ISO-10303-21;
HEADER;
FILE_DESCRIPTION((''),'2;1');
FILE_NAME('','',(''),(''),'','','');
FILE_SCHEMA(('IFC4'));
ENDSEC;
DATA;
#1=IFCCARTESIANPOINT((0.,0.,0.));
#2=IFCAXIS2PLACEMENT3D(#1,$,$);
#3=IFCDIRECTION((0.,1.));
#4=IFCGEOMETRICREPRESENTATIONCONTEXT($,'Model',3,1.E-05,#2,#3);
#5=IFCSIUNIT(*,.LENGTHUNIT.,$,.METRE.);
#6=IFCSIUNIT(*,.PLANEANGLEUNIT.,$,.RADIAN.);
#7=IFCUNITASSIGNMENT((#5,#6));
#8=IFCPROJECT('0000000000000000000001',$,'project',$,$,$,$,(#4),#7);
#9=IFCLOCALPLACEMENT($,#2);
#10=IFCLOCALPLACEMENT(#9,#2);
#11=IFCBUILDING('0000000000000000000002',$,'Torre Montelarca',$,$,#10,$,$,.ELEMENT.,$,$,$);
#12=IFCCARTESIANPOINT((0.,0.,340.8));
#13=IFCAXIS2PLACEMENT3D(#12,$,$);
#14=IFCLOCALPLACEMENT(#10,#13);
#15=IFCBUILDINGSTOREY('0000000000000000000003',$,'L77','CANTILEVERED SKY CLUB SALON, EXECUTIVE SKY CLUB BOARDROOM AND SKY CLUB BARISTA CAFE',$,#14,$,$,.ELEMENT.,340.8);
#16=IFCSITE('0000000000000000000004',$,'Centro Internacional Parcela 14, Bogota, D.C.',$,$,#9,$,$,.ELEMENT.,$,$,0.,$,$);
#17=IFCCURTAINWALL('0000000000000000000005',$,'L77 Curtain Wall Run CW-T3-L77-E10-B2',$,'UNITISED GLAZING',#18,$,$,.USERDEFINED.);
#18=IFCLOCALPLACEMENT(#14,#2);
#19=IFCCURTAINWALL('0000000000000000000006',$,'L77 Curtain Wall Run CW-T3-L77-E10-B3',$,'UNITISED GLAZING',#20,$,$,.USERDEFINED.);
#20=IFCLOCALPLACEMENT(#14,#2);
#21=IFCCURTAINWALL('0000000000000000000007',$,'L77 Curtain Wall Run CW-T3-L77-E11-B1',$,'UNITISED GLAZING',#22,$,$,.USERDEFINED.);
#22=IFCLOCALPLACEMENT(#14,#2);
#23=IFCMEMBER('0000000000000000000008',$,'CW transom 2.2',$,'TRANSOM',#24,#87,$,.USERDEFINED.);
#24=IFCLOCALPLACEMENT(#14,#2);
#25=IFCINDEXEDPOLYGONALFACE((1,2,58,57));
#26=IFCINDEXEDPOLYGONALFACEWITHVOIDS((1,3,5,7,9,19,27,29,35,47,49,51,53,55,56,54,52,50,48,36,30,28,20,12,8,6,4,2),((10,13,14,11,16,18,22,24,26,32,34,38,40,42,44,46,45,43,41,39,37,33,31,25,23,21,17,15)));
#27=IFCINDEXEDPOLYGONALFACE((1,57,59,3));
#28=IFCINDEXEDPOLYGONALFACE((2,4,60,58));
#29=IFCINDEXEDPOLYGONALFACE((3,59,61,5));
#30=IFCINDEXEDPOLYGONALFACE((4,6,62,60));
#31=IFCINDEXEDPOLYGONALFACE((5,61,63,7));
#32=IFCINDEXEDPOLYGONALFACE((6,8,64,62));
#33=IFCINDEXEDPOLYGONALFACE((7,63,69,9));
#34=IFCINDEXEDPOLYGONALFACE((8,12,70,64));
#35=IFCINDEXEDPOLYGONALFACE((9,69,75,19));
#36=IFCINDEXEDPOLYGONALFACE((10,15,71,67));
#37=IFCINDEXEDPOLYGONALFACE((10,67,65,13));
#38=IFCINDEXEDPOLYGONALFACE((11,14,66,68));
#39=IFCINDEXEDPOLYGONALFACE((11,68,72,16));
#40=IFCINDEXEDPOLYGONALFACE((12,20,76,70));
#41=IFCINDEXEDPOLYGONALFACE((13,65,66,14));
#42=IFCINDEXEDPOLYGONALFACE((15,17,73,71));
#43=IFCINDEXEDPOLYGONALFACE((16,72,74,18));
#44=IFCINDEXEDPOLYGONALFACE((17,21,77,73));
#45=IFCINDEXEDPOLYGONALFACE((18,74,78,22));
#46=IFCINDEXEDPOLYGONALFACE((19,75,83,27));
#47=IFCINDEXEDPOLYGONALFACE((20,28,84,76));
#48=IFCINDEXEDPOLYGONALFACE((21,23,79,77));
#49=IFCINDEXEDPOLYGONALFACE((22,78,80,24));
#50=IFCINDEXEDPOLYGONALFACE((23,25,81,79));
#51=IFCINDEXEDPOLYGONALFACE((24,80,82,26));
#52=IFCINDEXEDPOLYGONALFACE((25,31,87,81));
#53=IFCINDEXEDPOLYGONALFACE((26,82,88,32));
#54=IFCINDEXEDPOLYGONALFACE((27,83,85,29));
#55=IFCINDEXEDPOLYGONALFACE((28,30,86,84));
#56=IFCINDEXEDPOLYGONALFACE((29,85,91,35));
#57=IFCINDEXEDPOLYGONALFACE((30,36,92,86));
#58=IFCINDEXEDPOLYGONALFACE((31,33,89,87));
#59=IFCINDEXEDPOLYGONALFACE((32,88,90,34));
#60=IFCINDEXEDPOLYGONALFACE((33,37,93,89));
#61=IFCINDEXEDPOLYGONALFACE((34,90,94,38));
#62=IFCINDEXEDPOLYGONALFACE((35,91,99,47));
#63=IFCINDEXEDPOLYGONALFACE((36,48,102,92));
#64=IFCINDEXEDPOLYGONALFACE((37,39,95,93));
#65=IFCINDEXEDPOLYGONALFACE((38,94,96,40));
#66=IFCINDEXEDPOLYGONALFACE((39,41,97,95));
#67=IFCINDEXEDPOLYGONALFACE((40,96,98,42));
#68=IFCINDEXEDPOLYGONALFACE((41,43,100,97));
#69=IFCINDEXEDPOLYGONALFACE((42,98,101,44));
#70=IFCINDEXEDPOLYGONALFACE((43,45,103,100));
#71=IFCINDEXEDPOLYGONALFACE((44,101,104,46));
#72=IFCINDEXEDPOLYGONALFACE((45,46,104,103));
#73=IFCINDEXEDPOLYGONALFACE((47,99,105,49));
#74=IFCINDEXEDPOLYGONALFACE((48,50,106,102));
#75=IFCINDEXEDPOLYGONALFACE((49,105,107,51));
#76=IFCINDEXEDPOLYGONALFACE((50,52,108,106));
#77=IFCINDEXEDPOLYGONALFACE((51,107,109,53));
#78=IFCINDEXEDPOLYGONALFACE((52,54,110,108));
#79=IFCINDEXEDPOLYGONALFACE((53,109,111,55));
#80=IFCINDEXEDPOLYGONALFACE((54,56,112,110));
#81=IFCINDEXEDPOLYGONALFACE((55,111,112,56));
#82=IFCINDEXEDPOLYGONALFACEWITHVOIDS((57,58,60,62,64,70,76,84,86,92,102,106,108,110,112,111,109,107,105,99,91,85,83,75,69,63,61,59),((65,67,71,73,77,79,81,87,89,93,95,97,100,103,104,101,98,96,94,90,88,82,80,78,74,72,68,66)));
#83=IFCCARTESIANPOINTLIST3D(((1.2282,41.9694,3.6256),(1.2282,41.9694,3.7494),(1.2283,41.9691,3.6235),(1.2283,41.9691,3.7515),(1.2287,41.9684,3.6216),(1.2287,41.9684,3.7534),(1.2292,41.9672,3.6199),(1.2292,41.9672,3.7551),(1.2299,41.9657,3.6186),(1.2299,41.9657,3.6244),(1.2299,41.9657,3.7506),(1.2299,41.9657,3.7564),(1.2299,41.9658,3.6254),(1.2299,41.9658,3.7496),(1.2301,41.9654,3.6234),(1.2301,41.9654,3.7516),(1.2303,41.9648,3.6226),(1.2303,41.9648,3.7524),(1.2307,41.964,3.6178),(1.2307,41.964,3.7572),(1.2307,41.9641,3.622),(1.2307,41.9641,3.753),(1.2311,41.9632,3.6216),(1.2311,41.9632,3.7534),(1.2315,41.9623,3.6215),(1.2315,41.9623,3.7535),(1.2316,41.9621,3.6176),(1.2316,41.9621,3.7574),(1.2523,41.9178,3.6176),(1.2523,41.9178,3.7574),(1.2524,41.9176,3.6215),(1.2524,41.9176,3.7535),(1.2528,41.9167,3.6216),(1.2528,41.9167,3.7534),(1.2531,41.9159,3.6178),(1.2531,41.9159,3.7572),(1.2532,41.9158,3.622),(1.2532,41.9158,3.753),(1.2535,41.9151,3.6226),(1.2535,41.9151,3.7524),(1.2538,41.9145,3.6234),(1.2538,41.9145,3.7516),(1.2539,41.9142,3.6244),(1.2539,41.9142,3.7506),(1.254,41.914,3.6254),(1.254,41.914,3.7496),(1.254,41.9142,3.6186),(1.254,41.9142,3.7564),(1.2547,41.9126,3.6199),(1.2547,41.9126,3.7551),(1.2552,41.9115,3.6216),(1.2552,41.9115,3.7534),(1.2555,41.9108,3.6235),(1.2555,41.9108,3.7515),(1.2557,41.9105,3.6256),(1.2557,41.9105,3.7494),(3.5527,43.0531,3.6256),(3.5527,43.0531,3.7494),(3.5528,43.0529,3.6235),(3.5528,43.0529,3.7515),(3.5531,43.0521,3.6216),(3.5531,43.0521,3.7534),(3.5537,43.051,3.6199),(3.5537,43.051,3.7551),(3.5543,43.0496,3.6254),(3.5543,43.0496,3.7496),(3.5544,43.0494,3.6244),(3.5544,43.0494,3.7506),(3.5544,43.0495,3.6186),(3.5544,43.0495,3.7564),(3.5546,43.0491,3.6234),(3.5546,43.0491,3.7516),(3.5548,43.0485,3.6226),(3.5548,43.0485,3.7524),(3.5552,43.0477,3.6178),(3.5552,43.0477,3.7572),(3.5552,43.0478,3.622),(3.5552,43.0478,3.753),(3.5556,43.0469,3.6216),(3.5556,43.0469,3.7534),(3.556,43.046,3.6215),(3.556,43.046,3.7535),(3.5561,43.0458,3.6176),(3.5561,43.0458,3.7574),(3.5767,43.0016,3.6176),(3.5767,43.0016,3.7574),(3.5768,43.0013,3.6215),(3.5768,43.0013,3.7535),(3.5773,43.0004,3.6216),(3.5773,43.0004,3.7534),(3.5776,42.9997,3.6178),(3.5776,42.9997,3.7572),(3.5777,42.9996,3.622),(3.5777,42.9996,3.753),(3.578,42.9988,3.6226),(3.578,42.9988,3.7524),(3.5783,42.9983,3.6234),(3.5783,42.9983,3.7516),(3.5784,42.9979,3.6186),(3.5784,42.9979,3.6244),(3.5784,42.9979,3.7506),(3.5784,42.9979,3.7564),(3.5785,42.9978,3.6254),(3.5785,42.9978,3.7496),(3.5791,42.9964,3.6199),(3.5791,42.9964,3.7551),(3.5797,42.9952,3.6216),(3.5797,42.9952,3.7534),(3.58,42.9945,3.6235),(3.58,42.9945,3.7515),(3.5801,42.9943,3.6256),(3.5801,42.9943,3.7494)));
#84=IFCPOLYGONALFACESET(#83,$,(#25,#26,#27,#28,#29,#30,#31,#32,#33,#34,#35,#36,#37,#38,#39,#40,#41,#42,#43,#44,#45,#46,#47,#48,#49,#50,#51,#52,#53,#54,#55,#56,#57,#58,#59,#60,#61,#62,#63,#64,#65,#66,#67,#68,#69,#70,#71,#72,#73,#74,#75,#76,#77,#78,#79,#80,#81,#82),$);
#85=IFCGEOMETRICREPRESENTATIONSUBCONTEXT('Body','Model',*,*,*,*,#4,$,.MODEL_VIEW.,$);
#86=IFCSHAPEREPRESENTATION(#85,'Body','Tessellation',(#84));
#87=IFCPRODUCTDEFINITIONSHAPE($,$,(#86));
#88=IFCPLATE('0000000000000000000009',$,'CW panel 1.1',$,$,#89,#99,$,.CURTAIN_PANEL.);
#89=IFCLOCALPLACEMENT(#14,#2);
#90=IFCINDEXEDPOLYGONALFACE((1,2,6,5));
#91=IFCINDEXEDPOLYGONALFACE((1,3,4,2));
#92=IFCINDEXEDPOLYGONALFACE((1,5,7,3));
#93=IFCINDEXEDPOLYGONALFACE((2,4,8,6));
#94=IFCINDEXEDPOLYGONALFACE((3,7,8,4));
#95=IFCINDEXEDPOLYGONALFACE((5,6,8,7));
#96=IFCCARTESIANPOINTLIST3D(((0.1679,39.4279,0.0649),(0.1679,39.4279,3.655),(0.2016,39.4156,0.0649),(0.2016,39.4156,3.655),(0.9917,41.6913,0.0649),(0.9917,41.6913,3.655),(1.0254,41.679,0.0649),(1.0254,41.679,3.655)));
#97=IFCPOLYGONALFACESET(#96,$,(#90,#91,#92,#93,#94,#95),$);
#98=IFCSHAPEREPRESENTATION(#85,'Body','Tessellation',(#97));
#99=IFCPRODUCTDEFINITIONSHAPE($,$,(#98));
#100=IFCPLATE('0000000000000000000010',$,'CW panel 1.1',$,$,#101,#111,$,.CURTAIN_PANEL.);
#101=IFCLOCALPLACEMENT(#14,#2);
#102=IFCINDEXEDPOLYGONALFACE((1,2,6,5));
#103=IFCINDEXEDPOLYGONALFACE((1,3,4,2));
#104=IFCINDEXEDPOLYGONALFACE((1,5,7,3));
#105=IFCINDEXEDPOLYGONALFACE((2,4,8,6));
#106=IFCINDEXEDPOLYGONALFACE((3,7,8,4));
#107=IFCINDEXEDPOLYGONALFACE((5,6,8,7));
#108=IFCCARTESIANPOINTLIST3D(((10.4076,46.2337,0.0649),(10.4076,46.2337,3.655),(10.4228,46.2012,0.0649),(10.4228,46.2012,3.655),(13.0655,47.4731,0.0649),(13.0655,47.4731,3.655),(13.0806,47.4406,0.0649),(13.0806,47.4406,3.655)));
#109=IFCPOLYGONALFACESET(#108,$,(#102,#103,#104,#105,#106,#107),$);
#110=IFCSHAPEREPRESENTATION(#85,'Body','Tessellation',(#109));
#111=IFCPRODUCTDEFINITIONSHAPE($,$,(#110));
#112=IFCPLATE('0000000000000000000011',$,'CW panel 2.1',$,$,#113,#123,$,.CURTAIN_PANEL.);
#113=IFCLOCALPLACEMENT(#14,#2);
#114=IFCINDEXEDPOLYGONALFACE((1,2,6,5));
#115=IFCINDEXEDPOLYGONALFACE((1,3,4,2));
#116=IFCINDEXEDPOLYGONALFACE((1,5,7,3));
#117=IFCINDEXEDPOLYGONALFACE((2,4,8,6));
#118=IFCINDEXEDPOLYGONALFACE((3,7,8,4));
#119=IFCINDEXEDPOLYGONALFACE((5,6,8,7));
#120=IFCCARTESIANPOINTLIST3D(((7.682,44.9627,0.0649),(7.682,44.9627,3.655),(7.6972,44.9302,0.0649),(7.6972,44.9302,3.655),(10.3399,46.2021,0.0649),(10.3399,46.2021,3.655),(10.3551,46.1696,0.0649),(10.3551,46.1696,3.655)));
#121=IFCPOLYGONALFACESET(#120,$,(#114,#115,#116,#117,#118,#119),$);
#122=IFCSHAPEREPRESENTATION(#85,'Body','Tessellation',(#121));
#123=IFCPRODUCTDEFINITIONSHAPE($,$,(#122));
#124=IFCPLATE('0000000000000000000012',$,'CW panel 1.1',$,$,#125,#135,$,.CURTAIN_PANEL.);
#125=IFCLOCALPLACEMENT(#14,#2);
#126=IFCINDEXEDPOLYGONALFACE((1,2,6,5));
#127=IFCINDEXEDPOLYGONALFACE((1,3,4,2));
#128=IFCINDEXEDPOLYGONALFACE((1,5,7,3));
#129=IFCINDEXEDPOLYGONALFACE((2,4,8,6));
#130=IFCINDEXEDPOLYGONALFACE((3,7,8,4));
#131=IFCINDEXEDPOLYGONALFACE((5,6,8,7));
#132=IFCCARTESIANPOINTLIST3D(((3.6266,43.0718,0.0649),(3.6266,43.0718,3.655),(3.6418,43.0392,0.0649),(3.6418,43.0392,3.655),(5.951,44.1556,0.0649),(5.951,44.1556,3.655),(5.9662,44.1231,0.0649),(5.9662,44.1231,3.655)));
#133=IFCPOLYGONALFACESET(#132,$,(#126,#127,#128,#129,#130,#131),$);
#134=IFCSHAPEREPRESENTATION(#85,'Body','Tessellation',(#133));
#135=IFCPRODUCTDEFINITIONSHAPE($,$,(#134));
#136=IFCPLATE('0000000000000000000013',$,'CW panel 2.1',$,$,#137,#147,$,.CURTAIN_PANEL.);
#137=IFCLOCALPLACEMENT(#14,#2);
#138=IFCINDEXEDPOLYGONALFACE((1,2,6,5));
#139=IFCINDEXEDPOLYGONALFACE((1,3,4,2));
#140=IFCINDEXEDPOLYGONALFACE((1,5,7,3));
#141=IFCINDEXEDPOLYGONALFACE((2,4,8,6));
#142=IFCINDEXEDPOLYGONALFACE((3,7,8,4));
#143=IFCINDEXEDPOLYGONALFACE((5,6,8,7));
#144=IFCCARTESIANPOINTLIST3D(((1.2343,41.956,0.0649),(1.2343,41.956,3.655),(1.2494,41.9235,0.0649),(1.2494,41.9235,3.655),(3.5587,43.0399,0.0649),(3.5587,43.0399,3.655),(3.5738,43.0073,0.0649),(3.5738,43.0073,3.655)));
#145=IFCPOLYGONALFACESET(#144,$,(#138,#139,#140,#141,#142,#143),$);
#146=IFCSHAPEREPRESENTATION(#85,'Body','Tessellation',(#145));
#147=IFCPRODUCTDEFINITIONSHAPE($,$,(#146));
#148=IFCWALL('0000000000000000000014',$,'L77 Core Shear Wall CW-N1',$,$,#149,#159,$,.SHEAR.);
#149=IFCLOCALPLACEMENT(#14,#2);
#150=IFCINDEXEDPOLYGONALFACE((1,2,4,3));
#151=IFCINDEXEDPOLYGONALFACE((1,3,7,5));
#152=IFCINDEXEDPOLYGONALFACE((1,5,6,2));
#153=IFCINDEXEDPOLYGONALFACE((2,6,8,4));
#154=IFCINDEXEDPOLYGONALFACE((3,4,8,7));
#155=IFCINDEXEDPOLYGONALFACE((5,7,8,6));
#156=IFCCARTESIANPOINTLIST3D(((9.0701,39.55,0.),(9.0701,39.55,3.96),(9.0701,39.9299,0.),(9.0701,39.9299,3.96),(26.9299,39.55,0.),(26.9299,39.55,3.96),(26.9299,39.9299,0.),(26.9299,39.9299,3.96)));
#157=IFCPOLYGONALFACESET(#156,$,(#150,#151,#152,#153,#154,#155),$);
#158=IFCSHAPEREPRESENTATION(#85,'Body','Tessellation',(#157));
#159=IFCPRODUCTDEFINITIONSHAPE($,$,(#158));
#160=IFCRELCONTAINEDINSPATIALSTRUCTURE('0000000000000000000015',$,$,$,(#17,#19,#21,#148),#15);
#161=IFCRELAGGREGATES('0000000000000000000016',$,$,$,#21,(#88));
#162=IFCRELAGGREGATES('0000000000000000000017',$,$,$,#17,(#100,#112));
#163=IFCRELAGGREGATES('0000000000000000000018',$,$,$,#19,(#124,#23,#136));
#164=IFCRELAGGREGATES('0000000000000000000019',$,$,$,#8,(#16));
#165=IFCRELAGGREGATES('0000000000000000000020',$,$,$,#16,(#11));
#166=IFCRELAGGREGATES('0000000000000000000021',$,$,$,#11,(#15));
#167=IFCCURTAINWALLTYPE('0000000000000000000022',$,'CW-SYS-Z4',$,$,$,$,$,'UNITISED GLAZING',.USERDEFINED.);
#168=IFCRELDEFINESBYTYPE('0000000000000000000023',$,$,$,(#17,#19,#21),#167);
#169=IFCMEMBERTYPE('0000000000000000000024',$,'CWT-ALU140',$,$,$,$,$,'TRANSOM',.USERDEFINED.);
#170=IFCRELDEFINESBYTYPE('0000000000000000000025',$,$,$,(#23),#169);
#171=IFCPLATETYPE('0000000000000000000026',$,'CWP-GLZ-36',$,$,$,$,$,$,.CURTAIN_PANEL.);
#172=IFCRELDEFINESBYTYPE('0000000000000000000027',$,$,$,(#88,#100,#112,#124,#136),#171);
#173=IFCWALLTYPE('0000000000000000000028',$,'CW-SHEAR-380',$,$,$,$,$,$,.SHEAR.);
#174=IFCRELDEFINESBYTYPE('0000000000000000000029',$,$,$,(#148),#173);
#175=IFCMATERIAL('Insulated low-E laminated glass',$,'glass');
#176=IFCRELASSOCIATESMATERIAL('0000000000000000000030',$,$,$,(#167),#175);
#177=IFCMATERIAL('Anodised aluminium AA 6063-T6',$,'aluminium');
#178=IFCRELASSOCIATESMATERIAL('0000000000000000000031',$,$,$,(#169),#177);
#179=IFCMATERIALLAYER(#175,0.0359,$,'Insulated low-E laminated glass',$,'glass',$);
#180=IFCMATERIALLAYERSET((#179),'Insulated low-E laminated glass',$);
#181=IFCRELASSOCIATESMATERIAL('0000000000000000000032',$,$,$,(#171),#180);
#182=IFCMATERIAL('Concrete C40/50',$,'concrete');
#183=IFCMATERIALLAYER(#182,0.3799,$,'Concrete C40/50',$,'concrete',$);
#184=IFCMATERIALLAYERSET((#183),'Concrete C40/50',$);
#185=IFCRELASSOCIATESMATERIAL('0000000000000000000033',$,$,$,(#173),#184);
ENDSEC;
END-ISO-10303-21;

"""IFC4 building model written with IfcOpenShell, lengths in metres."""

from ifc_helpers import new_model, si_unit, direction, frame, frame_2d, origin, origin_2d, place, context, subcontext, project, spatial, rectangle, hollow_rectangle, extrude, source, transform, mapped, material, layer, layer_set, material_profile, profile_set, type_object, element, aggregate, save


model = new_model("IFC4")

# Units and contexts
model_context = context("Model", 3, precision=1e-05, world=origin(), true_north=direction((0.0, 1.0)))
body_context = subcontext(model_context, "Body", "Model", "MODEL_VIEW")
ifc_project = project(units=[si_unit("LENGTHUNIT", "METRE"), si_unit("PLANEANGLEUNIT", "RADIAN")], contexts=[model_context])

# Site, building, storey
site_placement = place(None, origin())
site = spatial("IfcSite", under=ifc_project, at=site_placement, Name="Centro Internacional Parcela 14, Bogota, D.C.", CompositionType="ELEMENT", RefElevation=0.0)
building_placement = place(site_placement, origin())
building = spatial("IfcBuilding", under=site, at=building_placement, Name="Torre Montelarca", CompositionType="ELEMENT")
storey_placement = place(building_placement, frame((0.0, 0.0, 340.8)))
storey = spatial("IfcBuildingStorey", under=building, at=storey_placement, Name="L77", Description="CANTILEVERED SKY CLUB SALON, EXECUTIVE SKY CLUB BOARDROOM AND SKY CLUB BARISTA CAFE", CompositionType="ELEMENT", Elevation=340.8)

# Shared definitions
ifc_material_1 = material(Name="Concrete C40/50", Category="concrete")

# Curtain walls
ifc_material_2 = material(Name="Insulated low-E laminated glass", Category="glass")
curtain_wall_type = type_object("IfcCurtainWallType", Name="CW-SYS-Z4", ElementType="UNITISED GLAZING", PredefinedType="USERDEFINED", material=ifc_material_2)
curtain_wall_1_placement = place(storey_placement, origin())
curtain_wall_1 = element("IfcCurtainWall", 1, at=curtain_wall_1_placement, inside=storey, type_object=curtain_wall_type, Name="L77 Curtain Wall Run CW-T3-L77-E10-B2", ObjectType="UNITISED GLAZING", PredefinedType="USERDEFINED")
ifc_material_3 = material(Name="Anodised aluminium AA 6063-T6", Category="aluminium")
curtain_wall_2_placement = place(storey_placement, origin())
curtain_wall_2 = element("IfcCurtainWall", 2, at=curtain_wall_2_placement, inside=storey, type_object=curtain_wall_type, Name="L77 Curtain Wall Run CW-T3-L77-E10-B3", ObjectType="UNITISED GLAZING", PredefinedType="USERDEFINED")
curtain_wall_3_placement = place(storey_placement, origin())
curtain_wall_3 = element("IfcCurtainWall", 3, at=curtain_wall_3_placement, inside=storey, type_object=curtain_wall_type, Name="L77 Curtain Wall Run CW-T3-L77-E11-B1", ObjectType="UNITISED GLAZING", PredefinedType="USERDEFINED")
ifc_material_profile_1 = material_profile(ifc_material_3, hollow_rectangle(XDim=0.0649, YDim=0.1399, WallThickness=0.0039, InnerFilletRadius=0.0039, OuterFilletRadius=0.0081, at=origin_2d()), Name="ALU65X140X4", Category="aluminium")
ifc_profile_set_1 = profile_set([ifc_material_profile_1], Name="Anodised aluminium AA 6063-T6")
member_type_1 = type_object("IfcMemberType", Name="CWT-ALU140", ElementType="TRANSOM", PredefinedType="USERDEFINED", material=ifc_profile_set_1)

# Member
shared_shape_1 = source(origin(), body_context, "Body", "SweptSolid", [
    extrude(hollow_rectangle(XDim=0.0649, YDim=0.1399, WallThickness=0.0039, InnerFilletRadius=0.0039, OuterFilletRadius=0.0081, at=origin_2d()), origin(), (0.0, 0.0, 1.0), 2.5647),
])
member_1_placement = place(storey_placement, frame((3.5664, 43.0237, 3.6875), z_axis=(-0.906334, -0.422562, 0.0), x_axis=(0.422562, -0.906334, 0.0)))
member_1 = element("IfcMember", 4, at=member_1_placement, type_object=member_type_1, Name="CW transom 2.2", ObjectType="TRANSOM", PredefinedType="USERDEFINED", context=body_context, shape_type="MappedRepresentation", body=[
    mapped(shared_shape_1, transform((0.0, 0.0, 0.0), scale=1.0)),
])

# Plates
ifc_layer_1 = layer(ifc_material_2, 0.0359, Name="Insulated low-E laminated glass", Category="glass")
ifc_layer_set_1 = layer_set([ifc_layer_1], Name="Insulated low-E laminated glass")
plate_type = type_object("IfcPlateType", Name="CWP-GLZ-36", PredefinedType="CURTAIN_PANEL", material=ifc_layer_set_1)
shared_shape_2 = source(origin(), body_context, "Body", "SweptSolid", [
    extrude(rectangle(XDim=2.4087, YDim=0.0359, at=origin_2d()), origin(), (0.0, 0.0, 1.0), 3.5901),
])
plate_1_placement = place(storey_placement, frame((0.5967, 40.5535, 0.0649), z_axis=(0.0, 0.0, 1.0), x_axis=(-0.342015, -0.939694, 0.0)))
plate_1 = element("IfcPlate", 5, at=plate_1_placement, type_object=plate_type, Name="CW panel 1.1", PredefinedType="CURTAIN_PANEL", context=body_context, shape_type="MappedRepresentation", body=[
    mapped(shared_shape_2, transform((0.0, 0.0, 0.0), scale=1.0)),
])
aggregate(curtain_wall_3, [plate_1])
shared_shape_3 = source(origin(), body_context, "Body", "SweptSolid", [
    extrude(rectangle(XDim=2.9326, YDim=0.0359, at=origin_2d()), origin(), (0.0, 0.0, 1.0), 3.5901),
])
plate_2_placement = place(storey_placement, frame((11.7441, 46.8372, 0.0649), z_axis=(0.0, 0.0, 1.0), x_axis=(-0.906304, -0.422627, 0.0)))
plate_2 = element("IfcPlate", 6, at=plate_2_placement, type_object=plate_type, Name="CW panel 1.1", PredefinedType="CURTAIN_PANEL", context=body_context, shape_type="MappedRepresentation", body=[
    mapped(shared_shape_3, transform((0.0, 0.0, 0.0), scale=1.0)),
])
plate_3_placement = place(storey_placement, frame((9.0186, 45.5662, 0.0649), z_axis=(0.0, 0.0, 1.0), x_axis=(-0.906304, -0.422627, 0.0)))
plate_3 = element("IfcPlate", 7, at=plate_3_placement, type_object=plate_type, Name="CW panel 2.1", PredefinedType="CURTAIN_PANEL", context=body_context, shape_type="MappedRepresentation", body=[
    mapped(shared_shape_3, transform((0.0, 0.0, 0.0), scale=1.0)),
])
aggregate(curtain_wall_1, [plate_2, plate_3])
shared_shape_4 = source(origin(), body_context, "Body", "SweptSolid", [
    extrude(rectangle(XDim=2.5647, YDim=0.0359, at=origin_2d()), origin(), (0.0, 0.0, 1.0), 3.5901),
])
plate_4_placement = place(storey_placement, frame((4.7964, 43.5974, 0.0649), z_axis=(0.0, 0.0, 1.0), x_axis=(-0.906315, -0.422602, 0.0)))
plate_4 = element("IfcPlate", 8, at=plate_4_placement, type_object=plate_type, Name="CW panel 1.1", PredefinedType="CURTAIN_PANEL", context=body_context, shape_type="MappedRepresentation", body=[
    mapped(shared_shape_4, transform((0.0, 0.0, 0.0), scale=1.0)),
])
plate_5_placement = place(storey_placement, frame((2.4041, 42.4817, 0.0649), z_axis=(0.0, 0.0, 1.0), x_axis=(-0.906315, -0.422602, 0.0)))
plate_5 = element("IfcPlate", 9, at=plate_5_placement, type_object=plate_type, Name="CW panel 2.1", PredefinedType="CURTAIN_PANEL", context=body_context, shape_type="MappedRepresentation", body=[
    mapped(shared_shape_4, transform((0.0, 0.0, 0.0), scale=1.0)),
])
aggregate(curtain_wall_2, [plate_4, member_1, plate_5])

# Wall
ifc_layer_2 = layer(ifc_material_1, 0.3799, Name="Concrete C40/50", Category="concrete")
ifc_layer_set_2 = layer_set([ifc_layer_2], Name="Concrete C40/50")
wall_type_1 = type_object("IfcWallType", Name="CW-SHEAR-380", PredefinedType="SHEAR", material=ifc_layer_set_2)
wall_1_placement = place(storey_placement, frame((9.0701, 39.74, 0.0), z_axis=(0.0, 0.0, 1.0), x_axis=(1.0, 0.0, 0.0)))
element("IfcWall", 10, at=wall_1_placement, inside=storey, type_object=wall_type_1, Name="L77 Core Shear Wall CW-N1", PredefinedType="SHEAR", context=body_context, shape_type="SweptSolid", body=[
    extrude(rectangle(XDim=17.8599, YDim=0.3799, at=frame_2d((8.9299, 0.0))), origin(), (0.0, 0.0, 1.0), 3.96),
])

save(model, "model.ifc")
